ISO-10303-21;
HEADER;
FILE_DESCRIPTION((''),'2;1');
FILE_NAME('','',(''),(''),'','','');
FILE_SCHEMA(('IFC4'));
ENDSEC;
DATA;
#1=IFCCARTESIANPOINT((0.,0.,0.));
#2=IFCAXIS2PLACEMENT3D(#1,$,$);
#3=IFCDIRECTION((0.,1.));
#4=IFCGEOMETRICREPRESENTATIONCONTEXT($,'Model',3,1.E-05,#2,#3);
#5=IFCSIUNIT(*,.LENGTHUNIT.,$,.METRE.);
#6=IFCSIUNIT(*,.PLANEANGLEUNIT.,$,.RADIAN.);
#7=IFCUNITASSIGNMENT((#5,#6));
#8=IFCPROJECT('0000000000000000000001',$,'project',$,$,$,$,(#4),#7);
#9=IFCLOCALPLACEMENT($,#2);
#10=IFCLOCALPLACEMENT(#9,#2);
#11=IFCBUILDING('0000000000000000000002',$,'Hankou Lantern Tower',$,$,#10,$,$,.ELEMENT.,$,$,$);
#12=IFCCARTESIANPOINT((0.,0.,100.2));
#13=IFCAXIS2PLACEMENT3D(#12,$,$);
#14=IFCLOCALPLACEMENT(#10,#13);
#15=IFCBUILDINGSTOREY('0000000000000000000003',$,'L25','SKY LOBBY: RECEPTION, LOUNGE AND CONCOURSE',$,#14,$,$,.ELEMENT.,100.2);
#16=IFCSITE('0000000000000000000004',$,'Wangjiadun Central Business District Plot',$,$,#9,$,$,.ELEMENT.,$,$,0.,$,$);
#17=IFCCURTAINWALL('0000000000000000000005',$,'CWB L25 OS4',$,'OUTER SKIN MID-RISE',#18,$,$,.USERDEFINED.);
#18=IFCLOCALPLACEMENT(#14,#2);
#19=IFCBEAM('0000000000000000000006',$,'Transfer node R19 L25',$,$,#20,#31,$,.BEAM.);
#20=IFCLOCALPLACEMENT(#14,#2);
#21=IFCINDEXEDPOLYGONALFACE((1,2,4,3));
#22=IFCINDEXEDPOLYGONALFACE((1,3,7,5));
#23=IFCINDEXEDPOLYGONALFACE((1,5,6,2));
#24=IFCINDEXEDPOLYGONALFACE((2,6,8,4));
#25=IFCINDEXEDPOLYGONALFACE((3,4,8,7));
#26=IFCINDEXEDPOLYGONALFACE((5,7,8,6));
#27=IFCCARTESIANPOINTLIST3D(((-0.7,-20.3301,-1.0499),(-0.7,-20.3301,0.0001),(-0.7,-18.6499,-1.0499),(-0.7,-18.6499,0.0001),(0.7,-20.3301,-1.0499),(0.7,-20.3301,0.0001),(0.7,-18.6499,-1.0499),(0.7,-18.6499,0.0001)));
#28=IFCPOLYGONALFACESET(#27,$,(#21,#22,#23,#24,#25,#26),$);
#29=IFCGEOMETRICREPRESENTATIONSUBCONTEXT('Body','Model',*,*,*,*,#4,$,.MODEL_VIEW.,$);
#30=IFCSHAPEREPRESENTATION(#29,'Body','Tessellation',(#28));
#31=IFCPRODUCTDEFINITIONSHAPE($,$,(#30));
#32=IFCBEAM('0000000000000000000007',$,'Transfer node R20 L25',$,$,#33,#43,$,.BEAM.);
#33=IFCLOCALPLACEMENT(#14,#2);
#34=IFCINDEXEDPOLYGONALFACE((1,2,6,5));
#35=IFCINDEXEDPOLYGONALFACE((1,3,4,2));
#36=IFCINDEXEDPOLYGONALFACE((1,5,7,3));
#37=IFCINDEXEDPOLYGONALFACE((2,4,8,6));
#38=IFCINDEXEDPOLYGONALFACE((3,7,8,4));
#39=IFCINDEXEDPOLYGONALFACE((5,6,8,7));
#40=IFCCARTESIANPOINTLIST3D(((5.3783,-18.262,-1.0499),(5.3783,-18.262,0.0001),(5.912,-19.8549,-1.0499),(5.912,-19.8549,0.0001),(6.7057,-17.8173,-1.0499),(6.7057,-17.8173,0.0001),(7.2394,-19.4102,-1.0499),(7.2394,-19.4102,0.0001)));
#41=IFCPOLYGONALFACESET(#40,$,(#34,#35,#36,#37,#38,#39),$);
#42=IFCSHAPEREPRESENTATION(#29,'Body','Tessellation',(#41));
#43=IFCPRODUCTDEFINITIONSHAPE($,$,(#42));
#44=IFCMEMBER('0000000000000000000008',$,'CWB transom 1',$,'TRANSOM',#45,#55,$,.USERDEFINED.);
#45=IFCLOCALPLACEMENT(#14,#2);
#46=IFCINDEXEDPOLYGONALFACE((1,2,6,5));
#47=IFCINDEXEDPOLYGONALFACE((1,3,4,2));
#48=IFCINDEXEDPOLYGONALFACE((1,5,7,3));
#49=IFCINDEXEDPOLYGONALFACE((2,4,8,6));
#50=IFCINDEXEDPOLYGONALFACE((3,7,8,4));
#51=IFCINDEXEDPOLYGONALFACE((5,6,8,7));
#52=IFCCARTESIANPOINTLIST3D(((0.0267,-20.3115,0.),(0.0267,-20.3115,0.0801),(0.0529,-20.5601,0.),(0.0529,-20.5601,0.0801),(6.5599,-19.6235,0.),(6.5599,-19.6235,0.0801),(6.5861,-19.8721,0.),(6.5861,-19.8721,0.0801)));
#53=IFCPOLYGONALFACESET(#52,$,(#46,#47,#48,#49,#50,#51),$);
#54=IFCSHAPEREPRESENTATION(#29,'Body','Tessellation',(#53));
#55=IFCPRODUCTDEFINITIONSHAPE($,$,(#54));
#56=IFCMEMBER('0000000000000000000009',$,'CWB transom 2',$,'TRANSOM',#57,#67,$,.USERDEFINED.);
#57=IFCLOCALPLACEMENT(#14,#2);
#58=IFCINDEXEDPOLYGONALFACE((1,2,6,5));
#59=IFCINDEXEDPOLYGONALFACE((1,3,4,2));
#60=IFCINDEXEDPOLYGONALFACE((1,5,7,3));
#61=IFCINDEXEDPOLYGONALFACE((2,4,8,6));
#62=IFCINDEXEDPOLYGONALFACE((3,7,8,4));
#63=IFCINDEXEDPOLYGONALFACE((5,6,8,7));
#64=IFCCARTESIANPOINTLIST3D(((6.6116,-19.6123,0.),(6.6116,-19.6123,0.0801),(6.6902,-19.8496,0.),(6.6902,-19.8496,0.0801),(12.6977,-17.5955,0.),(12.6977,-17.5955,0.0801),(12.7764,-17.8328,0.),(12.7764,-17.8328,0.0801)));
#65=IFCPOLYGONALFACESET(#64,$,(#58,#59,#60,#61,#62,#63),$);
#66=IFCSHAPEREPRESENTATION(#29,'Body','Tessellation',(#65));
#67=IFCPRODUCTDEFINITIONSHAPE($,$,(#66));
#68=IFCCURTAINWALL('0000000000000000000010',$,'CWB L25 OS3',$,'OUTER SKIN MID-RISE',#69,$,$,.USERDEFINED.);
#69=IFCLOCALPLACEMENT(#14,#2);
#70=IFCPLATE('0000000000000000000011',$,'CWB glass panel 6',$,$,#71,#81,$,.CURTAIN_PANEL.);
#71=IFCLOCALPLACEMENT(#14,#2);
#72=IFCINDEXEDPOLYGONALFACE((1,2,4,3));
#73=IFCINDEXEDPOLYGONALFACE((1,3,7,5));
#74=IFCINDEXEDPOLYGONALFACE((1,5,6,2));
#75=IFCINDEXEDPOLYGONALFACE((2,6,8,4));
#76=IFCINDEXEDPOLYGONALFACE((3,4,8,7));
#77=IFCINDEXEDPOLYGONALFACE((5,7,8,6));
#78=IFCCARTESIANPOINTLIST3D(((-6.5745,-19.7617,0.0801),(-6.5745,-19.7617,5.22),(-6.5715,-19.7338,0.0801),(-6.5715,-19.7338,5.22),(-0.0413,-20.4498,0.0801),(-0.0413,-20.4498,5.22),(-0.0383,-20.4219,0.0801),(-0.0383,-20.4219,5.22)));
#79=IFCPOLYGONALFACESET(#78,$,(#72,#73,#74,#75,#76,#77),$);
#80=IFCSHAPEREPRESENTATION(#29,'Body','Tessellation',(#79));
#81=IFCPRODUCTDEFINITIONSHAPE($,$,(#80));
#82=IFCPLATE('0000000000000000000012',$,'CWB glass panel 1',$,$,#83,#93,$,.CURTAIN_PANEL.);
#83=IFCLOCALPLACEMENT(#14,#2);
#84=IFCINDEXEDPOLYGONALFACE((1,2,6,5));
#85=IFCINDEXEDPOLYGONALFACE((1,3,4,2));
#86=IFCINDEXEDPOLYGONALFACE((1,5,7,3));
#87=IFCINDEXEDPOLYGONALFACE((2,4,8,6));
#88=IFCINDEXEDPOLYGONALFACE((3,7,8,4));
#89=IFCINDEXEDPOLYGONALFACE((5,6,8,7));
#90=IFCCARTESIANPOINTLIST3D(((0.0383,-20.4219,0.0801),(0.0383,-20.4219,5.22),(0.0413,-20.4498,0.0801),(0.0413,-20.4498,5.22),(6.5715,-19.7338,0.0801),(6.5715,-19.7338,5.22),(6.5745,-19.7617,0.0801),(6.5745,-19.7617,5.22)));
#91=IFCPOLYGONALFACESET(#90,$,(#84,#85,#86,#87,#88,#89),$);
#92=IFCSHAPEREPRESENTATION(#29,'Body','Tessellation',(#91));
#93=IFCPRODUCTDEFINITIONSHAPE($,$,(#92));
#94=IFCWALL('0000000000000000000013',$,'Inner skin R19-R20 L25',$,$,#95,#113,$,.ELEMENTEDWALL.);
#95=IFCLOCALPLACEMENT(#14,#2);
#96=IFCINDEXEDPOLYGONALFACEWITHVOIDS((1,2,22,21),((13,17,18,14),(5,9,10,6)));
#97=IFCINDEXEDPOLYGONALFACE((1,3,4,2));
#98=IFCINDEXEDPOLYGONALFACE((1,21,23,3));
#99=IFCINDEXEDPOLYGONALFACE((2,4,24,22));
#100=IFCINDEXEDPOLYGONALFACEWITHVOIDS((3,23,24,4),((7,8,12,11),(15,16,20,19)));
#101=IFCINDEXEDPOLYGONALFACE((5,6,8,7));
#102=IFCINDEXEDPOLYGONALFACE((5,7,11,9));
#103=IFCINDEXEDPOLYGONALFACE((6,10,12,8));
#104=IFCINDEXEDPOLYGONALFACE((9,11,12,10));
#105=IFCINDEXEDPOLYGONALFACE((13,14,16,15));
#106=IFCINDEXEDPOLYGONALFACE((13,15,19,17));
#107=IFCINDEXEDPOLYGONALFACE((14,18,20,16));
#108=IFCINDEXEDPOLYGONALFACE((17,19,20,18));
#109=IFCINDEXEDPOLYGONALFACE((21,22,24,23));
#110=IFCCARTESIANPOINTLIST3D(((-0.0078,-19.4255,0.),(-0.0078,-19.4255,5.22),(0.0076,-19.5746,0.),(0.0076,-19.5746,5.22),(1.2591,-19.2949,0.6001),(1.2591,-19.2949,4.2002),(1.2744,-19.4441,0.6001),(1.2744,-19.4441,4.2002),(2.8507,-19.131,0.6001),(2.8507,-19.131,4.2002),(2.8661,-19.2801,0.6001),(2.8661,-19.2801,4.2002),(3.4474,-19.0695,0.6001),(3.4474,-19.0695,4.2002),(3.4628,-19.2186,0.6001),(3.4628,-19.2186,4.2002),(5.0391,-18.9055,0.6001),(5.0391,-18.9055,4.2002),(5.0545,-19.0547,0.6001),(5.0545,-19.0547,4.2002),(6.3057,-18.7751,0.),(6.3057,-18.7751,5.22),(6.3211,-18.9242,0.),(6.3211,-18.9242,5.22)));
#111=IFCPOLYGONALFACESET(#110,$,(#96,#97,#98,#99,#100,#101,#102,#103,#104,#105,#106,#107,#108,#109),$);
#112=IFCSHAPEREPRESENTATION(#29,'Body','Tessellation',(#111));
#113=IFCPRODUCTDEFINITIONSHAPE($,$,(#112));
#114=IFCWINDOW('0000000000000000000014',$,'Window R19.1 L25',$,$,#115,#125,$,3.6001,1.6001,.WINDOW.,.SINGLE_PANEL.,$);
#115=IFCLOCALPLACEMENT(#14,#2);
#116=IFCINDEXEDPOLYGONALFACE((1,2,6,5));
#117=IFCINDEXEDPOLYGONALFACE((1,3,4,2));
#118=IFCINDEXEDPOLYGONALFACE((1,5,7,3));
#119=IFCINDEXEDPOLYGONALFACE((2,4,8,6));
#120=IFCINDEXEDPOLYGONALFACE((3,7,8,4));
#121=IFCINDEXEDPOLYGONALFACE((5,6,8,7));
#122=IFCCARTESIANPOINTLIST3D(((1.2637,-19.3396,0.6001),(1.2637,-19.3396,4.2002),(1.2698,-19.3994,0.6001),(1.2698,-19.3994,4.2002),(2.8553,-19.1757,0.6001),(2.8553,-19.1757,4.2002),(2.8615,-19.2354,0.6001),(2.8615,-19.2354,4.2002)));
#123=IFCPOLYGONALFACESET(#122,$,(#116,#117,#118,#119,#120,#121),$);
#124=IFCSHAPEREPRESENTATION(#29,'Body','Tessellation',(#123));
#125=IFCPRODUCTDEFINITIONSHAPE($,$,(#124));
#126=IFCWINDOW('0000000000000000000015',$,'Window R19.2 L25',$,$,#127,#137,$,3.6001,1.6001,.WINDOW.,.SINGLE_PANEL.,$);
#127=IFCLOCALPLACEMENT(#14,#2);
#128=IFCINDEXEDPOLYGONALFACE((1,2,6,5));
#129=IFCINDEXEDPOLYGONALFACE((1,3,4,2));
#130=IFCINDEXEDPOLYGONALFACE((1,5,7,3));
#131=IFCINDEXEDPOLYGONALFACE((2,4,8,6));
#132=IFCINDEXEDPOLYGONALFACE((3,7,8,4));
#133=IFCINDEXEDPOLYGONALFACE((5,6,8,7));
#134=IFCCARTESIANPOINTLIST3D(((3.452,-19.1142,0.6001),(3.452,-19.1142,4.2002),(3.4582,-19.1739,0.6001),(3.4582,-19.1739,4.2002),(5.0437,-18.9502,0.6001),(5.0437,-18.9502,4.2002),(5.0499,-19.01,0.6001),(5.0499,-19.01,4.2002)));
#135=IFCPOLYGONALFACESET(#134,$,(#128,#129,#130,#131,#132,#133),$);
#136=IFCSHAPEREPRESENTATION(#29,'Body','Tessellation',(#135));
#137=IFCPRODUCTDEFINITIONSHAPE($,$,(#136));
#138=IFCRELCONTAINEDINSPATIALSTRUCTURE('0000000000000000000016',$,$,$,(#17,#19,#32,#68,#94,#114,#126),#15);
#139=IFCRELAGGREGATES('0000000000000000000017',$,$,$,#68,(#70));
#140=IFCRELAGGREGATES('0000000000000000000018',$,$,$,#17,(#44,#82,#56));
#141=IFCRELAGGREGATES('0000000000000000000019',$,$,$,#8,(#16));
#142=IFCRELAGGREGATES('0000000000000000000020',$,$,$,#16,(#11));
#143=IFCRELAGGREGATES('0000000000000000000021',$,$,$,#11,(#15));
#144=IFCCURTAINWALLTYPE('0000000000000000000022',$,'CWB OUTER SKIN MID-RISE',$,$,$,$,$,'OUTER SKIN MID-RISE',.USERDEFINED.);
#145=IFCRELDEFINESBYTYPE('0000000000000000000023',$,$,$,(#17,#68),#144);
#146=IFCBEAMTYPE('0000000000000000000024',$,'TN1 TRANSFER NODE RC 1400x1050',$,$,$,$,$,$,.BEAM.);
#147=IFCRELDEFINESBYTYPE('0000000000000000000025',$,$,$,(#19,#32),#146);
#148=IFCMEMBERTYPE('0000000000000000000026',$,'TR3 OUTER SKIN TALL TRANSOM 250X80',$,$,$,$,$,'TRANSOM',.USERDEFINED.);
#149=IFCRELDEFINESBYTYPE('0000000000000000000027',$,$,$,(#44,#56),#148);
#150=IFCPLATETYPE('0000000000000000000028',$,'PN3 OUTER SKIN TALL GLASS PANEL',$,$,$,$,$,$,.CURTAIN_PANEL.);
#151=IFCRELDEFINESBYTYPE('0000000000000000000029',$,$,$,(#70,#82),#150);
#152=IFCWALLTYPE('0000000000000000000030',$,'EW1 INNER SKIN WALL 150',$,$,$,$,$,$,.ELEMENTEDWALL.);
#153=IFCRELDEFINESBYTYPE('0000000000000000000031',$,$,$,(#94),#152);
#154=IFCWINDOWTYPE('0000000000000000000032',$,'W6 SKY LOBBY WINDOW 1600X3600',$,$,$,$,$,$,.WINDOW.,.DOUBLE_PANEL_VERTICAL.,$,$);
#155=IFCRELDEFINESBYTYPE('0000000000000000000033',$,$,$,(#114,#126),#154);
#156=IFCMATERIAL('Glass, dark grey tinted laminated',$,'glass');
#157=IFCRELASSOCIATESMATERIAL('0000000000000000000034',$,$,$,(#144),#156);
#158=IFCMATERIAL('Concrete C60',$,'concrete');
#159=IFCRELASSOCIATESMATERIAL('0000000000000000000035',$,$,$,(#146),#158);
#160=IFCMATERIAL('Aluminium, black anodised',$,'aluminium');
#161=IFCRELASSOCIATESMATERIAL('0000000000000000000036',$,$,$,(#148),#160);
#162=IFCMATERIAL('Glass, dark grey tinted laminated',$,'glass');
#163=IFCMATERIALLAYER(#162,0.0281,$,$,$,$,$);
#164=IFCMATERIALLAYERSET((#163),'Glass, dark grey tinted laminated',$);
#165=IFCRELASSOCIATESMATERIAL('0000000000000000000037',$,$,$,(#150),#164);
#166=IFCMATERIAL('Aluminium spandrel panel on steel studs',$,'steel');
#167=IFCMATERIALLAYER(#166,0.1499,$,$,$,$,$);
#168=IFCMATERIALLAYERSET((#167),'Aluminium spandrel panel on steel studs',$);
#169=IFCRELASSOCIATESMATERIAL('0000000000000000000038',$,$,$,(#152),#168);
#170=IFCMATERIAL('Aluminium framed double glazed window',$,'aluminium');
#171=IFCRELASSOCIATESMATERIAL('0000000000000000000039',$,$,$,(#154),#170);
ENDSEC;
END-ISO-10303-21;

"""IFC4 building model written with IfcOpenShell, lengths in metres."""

from ifc_helpers import new_model, si_unit, direction, frame, frame_2d, origin, origin_2d, place, context, subcontext, project, spatial, rectangle, extrude, material, layer, layer_set, material_profile, profile_set, type_object, element, fill, aggregate, save


model = new_model("IFC4")

# Units and contexts
model_context = context("Model", 3, precision=1e-05, world=origin(), true_north=direction((0.0, 1.0)))
body_context = subcontext(model_context, "Body", "Model", "MODEL_VIEW")
ifc_project = project(units=[si_unit("LENGTHUNIT", "METRE"), si_unit("PLANEANGLEUNIT", "RADIAN")], contexts=[model_context])

# Site, building, storey
site_placement = place(None, origin())
site = spatial("IfcSite", under=ifc_project, at=site_placement, Name="Wangjiadun Central Business District Plot", CompositionType="ELEMENT", RefElevation=0.0)
building_placement = place(site_placement, origin())
building = spatial("IfcBuilding", under=site, at=building_placement, Name="Hankou Lantern Tower", CompositionType="ELEMENT")
storey_placement = place(building_placement, frame((0.0, 0.0, 100.2)))
storey = spatial("IfcBuildingStorey", under=building, at=storey_placement, Name="L25", Description="SKY LOBBY: RECEPTION, LOUNGE AND CONCOURSE", CompositionType="ELEMENT", Elevation=100.2)

# Curtain wall
ifc_material_1 = material(Name="Glass, dark grey tinted laminated", Category="glass")
curtain_wall_type = type_object("IfcCurtainWallType", Name="CWB OUTER SKIN MID-RISE", ElementType="OUTER SKIN MID-RISE", PredefinedType="USERDEFINED", material=ifc_material_1)
curtain_wall_1_placement = place(storey_placement, origin())
curtain_wall_1 = element("IfcCurtainWall", 1, at=curtain_wall_1_placement, inside=storey, type_object=curtain_wall_type, Name="CWB L25 OS4", ObjectType="OUTER SKIN MID-RISE", PredefinedType="USERDEFINED")

# Beams
ifc_material_2 = material(Name="Concrete C60", Category="concrete")
ifc_material_profile_1 = material_profile(ifc_material_2, rectangle(XDim=1.3999, YDim=1.05, at=origin_2d()), Name="RC 1400x1050")
ifc_profile_set_1 = profile_set([ifc_material_profile_1], Name="Concrete C60")
beam_type_1 = type_object("IfcBeamType", Name="TN1 TRANSFER NODE RC 1400x1050", PredefinedType="BEAM", material=ifc_profile_set_1)
beam_1_placement = place(storey_placement, frame((0.0, -20.3301, -0.5249), z_axis=(0.0, 1.0, 0.0), x_axis=(-1.0, 0.0, 0.0)))
element("IfcBeam", 2, at=beam_1_placement, inside=storey, type_object=beam_type_1, Name="Transfer node R19 L25", PredefinedType="BEAM", context=body_context, shape_type="SweptSolid", body=[
    extrude(rectangle(XDim=1.3999, YDim=1.05, at=origin_2d()), origin(), (0.0, 0.0, 1.0), 1.6802),
])
beam_2_placement = place(storey_placement, frame((6.5757, -19.6326, -0.5249), z_axis=(-0.317666, 0.948203, 0.0), x_axis=(-0.948203, -0.317666, 0.0)))
element("IfcBeam", 3, at=beam_2_placement, inside=storey, type_object=beam_type_1, Name="Transfer node R20 L25", PredefinedType="BEAM", context=body_context, shape_type="SweptSolid", body=[
    extrude(rectangle(XDim=1.3999, YDim=1.05, at=origin_2d()), origin(), (0.0, 0.0, 1.0), 1.6799),
])

# Members
ifc_material_3 = material(Name="Aluminium, black anodised", Category="aluminium")
ifc_material_profile_2 = material_profile(ifc_material_3, rectangle(XDim=0.25, YDim=0.0801, at=origin_2d()), Name="TR3 250X80")
ifc_profile_set_2 = profile_set([ifc_material_profile_2], Name="Aluminium, black anodised")
member_type_1 = type_object("IfcMemberType", Name="TR3 OUTER SKIN TALL TRANSOM 250X80", ElementType="TRANSOM", PredefinedType="USERDEFINED", material=ifc_profile_set_2)
member_1_placement = place(storey_placement, frame((0.0398, -20.4358, 0.04), z_axis=(0.994501, 0.104727, 0.0), x_axis=(-0.104727, 0.994501, 0.0)))
member_1 = element("IfcMember", 4, at=member_1_placement, type_object=member_type_1, Name="CWB transom 1", ObjectType="TRANSOM", PredefinedType="USERDEFINED", context=body_context, shape_type="SweptSolid", body=[
    extrude(rectangle(XDim=0.25, YDim=0.0801, at=origin_2d()), origin(), (0.0, 0.0, 1.0), 6.5693),
])
member_2_placement = place(storey_placement, frame((6.6509, -19.731, 0.04), z_axis=(0.949238, 0.314559, 0.0), x_axis=(-0.314559, 0.949238, 0.0)))
member_2 = element("IfcMember", 5, at=member_2_placement, type_object=member_type_1, Name="CWB transom 2", ObjectType="TRANSOM", PredefinedType="USERDEFINED", context=body_context, shape_type="SweptSolid", body=[
    extrude(rectangle(XDim=0.25, YDim=0.0801, at=origin_2d()), origin(), (0.0, 0.0, 1.0), 6.4116),
])

# Curtain wall, plate
curtain_wall_2_placement = place(storey_placement, origin())
curtain_wall_2 = element("IfcCurtainWall", 6, at=curtain_wall_2_placement, inside=storey, type_object=curtain_wall_type, Name="CWB L25 OS3", ObjectType="OUTER SKIN MID-RISE", PredefinedType="USERDEFINED")
ifc_material_4 = material(Name="Glass, dark grey tinted laminated", Category="glass")
ifc_layer_1 = layer(ifc_material_4, 0.0281)
ifc_layer_set_1 = layer_set([ifc_layer_1], Name="Glass, dark grey tinted laminated")
plate_type = type_object("IfcPlateType", Name="PN3 OUTER SKIN TALL GLASS PANEL", PredefinedType="CURTAIN_PANEL", material=ifc_layer_set_1)
plate_1_placement = place(storey_placement, frame((-3.3064, -20.0918, 0.0801), z_axis=(0.0, 0.0, 1.0), x_axis=(0.994499, -0.104743, 0.0)))
plate_1 = element("IfcPlate", 7, at=plate_1_placement, type_object=plate_type, Name="CWB glass panel 6", PredefinedType="CURTAIN_PANEL", context=body_context, shape_type="SweptSolid", body=[
    extrude(rectangle(XDim=6.5693, YDim=0.0281, at=origin_2d()), origin(), (0.0, 0.0, 1.0), 5.1399),
])
aggregate(curtain_wall_2, [plate_1])

# Plate
plate_2_placement = place(storey_placement, frame((3.3064, -20.0918, 0.0801), z_axis=(0.0, 0.0, 1.0), x_axis=(0.994499, 0.104743, 0.0)))
plate_2 = element("IfcPlate", 8, at=plate_2_placement, type_object=plate_type, Name="CWB glass panel 1", PredefinedType="CURTAIN_PANEL", context=body_context, shape_type="SweptSolid", body=[
    extrude(rectangle(XDim=6.5693, YDim=0.0281, at=origin_2d()), origin(), (0.0, 0.0, 1.0), 5.1399),
])
aggregate(curtain_wall_1, [member_1, plate_2, member_2])

# Wall, openings, windows
ifc_material_5 = material(Name="Aluminium spandrel panel on steel studs", Category="steel")
ifc_layer_2 = layer(ifc_material_5, 0.1499)
ifc_layer_set_2 = layer_set([ifc_layer_2], Name="Aluminium spandrel panel on steel studs")
wall_type = type_object("IfcWallType", Name="EW1 INNER SKIN WALL 150", PredefinedType="ELEMENTEDWALL", material=ifc_layer_set_2)
wall_1_placement = place(storey_placement, frame((0.0, -19.5, 0.0), z_axis=(0.0, 0.0, 1.0), x_axis=(0.994736, 0.102474, 0.0)))
wall_1 = element("IfcWall", 9, at=wall_1_placement, inside=storey, type_object=wall_type, Name="Inner skin R19-R20 L25", PredefinedType="ELEMENTEDWALL", context=body_context, shape_type="SweptSolid", body=[
    extrude(rectangle(XDim=6.3469, YDim=0.1499, at=frame_2d((3.1733, 0.0))), origin(), (0.0, 0.0, 1.0), 5.22),
])
opening_1_placement = place(wall_1_placement, frame((1.2734, 0.0, 0.6001)))
opening_1 = element("IfcOpeningElement", 10, at=opening_1_placement, cuts=wall_1, PredefinedType="OPENING", context=body_context, shape_type="SweptSolid", body=[
    extrude(rectangle(XDim=1.6001, YDim=3.6001, at=frame_2d((0.8, 1.8))), frame((0.0, 0.085, 0.0), z_axis=(0.0, -1.0, 0.0), x_axis=(1.0, 0.0, 0.0)), (0.0, 0.0, 1.0), 0.1699),
])
opening_2_placement = place(wall_1_placement, frame((3.4734, 0.0, 0.6001)))
opening_2 = element("IfcOpeningElement", 11, at=opening_2_placement, cuts=wall_1, PredefinedType="OPENING", context=body_context, shape_type="SweptSolid", body=[
    extrude(rectangle(XDim=1.6001, YDim=3.6001, at=frame_2d((0.8, 1.8))), frame((0.0, 0.085, 0.0), z_axis=(0.0, -1.0, 0.0), x_axis=(1.0, 0.0, 0.0)), (0.0, 0.0, 1.0), 0.1699),
])
ifc_material_6 = material(Name="Aluminium framed double glazed window", Category="aluminium")
window_type = type_object("IfcWindowType", Name="W6 SKY LOBBY WINDOW 1600X3600", PartitioningType="DOUBLE_PANEL_VERTICAL", PredefinedType="WINDOW", material=ifc_material_6)
window_1_placement = place(opening_1_placement, origin())
window_1 = element("IfcWindow", 12, at=window_1_placement, inside=storey, type_object=window_type, Name="Window R19.1 L25", OverallHeight=3.6001, OverallWidth=1.6001, PartitioningType="SINGLE_PANEL", PredefinedType="WINDOW", context=body_context, shape_type="SweptSolid", body=[
    extrude(rectangle(XDim=1.6001, YDim=3.6001, at=frame_2d((0.8, 1.8))), frame((0.0, 0.03, 0.0), z_axis=(0.0, -1.0, 0.0), x_axis=(1.0, 0.0, 0.0)), (0.0, 0.0, 1.0), 0.0601),
])
fill(opening_1, window_1)
window_2_placement = place(opening_2_placement, origin())
window_2 = element("IfcWindow", 13, at=window_2_placement, inside=storey, type_object=window_type, Name="Window R19.2 L25", OverallHeight=3.6001, OverallWidth=1.6001, PartitioningType="SINGLE_PANEL", PredefinedType="WINDOW", context=body_context, shape_type="SweptSolid", body=[
    extrude(rectangle(XDim=1.6001, YDim=3.6001, at=frame_2d((0.8, 1.8))), frame((0.0, 0.03, 0.0), z_axis=(0.0, -1.0, 0.0), x_axis=(1.0, 0.0, 0.0)), (0.0, 0.0, 1.0), 0.0601),
])
fill(opening_2, window_2)

save(model, "model.ifc")
